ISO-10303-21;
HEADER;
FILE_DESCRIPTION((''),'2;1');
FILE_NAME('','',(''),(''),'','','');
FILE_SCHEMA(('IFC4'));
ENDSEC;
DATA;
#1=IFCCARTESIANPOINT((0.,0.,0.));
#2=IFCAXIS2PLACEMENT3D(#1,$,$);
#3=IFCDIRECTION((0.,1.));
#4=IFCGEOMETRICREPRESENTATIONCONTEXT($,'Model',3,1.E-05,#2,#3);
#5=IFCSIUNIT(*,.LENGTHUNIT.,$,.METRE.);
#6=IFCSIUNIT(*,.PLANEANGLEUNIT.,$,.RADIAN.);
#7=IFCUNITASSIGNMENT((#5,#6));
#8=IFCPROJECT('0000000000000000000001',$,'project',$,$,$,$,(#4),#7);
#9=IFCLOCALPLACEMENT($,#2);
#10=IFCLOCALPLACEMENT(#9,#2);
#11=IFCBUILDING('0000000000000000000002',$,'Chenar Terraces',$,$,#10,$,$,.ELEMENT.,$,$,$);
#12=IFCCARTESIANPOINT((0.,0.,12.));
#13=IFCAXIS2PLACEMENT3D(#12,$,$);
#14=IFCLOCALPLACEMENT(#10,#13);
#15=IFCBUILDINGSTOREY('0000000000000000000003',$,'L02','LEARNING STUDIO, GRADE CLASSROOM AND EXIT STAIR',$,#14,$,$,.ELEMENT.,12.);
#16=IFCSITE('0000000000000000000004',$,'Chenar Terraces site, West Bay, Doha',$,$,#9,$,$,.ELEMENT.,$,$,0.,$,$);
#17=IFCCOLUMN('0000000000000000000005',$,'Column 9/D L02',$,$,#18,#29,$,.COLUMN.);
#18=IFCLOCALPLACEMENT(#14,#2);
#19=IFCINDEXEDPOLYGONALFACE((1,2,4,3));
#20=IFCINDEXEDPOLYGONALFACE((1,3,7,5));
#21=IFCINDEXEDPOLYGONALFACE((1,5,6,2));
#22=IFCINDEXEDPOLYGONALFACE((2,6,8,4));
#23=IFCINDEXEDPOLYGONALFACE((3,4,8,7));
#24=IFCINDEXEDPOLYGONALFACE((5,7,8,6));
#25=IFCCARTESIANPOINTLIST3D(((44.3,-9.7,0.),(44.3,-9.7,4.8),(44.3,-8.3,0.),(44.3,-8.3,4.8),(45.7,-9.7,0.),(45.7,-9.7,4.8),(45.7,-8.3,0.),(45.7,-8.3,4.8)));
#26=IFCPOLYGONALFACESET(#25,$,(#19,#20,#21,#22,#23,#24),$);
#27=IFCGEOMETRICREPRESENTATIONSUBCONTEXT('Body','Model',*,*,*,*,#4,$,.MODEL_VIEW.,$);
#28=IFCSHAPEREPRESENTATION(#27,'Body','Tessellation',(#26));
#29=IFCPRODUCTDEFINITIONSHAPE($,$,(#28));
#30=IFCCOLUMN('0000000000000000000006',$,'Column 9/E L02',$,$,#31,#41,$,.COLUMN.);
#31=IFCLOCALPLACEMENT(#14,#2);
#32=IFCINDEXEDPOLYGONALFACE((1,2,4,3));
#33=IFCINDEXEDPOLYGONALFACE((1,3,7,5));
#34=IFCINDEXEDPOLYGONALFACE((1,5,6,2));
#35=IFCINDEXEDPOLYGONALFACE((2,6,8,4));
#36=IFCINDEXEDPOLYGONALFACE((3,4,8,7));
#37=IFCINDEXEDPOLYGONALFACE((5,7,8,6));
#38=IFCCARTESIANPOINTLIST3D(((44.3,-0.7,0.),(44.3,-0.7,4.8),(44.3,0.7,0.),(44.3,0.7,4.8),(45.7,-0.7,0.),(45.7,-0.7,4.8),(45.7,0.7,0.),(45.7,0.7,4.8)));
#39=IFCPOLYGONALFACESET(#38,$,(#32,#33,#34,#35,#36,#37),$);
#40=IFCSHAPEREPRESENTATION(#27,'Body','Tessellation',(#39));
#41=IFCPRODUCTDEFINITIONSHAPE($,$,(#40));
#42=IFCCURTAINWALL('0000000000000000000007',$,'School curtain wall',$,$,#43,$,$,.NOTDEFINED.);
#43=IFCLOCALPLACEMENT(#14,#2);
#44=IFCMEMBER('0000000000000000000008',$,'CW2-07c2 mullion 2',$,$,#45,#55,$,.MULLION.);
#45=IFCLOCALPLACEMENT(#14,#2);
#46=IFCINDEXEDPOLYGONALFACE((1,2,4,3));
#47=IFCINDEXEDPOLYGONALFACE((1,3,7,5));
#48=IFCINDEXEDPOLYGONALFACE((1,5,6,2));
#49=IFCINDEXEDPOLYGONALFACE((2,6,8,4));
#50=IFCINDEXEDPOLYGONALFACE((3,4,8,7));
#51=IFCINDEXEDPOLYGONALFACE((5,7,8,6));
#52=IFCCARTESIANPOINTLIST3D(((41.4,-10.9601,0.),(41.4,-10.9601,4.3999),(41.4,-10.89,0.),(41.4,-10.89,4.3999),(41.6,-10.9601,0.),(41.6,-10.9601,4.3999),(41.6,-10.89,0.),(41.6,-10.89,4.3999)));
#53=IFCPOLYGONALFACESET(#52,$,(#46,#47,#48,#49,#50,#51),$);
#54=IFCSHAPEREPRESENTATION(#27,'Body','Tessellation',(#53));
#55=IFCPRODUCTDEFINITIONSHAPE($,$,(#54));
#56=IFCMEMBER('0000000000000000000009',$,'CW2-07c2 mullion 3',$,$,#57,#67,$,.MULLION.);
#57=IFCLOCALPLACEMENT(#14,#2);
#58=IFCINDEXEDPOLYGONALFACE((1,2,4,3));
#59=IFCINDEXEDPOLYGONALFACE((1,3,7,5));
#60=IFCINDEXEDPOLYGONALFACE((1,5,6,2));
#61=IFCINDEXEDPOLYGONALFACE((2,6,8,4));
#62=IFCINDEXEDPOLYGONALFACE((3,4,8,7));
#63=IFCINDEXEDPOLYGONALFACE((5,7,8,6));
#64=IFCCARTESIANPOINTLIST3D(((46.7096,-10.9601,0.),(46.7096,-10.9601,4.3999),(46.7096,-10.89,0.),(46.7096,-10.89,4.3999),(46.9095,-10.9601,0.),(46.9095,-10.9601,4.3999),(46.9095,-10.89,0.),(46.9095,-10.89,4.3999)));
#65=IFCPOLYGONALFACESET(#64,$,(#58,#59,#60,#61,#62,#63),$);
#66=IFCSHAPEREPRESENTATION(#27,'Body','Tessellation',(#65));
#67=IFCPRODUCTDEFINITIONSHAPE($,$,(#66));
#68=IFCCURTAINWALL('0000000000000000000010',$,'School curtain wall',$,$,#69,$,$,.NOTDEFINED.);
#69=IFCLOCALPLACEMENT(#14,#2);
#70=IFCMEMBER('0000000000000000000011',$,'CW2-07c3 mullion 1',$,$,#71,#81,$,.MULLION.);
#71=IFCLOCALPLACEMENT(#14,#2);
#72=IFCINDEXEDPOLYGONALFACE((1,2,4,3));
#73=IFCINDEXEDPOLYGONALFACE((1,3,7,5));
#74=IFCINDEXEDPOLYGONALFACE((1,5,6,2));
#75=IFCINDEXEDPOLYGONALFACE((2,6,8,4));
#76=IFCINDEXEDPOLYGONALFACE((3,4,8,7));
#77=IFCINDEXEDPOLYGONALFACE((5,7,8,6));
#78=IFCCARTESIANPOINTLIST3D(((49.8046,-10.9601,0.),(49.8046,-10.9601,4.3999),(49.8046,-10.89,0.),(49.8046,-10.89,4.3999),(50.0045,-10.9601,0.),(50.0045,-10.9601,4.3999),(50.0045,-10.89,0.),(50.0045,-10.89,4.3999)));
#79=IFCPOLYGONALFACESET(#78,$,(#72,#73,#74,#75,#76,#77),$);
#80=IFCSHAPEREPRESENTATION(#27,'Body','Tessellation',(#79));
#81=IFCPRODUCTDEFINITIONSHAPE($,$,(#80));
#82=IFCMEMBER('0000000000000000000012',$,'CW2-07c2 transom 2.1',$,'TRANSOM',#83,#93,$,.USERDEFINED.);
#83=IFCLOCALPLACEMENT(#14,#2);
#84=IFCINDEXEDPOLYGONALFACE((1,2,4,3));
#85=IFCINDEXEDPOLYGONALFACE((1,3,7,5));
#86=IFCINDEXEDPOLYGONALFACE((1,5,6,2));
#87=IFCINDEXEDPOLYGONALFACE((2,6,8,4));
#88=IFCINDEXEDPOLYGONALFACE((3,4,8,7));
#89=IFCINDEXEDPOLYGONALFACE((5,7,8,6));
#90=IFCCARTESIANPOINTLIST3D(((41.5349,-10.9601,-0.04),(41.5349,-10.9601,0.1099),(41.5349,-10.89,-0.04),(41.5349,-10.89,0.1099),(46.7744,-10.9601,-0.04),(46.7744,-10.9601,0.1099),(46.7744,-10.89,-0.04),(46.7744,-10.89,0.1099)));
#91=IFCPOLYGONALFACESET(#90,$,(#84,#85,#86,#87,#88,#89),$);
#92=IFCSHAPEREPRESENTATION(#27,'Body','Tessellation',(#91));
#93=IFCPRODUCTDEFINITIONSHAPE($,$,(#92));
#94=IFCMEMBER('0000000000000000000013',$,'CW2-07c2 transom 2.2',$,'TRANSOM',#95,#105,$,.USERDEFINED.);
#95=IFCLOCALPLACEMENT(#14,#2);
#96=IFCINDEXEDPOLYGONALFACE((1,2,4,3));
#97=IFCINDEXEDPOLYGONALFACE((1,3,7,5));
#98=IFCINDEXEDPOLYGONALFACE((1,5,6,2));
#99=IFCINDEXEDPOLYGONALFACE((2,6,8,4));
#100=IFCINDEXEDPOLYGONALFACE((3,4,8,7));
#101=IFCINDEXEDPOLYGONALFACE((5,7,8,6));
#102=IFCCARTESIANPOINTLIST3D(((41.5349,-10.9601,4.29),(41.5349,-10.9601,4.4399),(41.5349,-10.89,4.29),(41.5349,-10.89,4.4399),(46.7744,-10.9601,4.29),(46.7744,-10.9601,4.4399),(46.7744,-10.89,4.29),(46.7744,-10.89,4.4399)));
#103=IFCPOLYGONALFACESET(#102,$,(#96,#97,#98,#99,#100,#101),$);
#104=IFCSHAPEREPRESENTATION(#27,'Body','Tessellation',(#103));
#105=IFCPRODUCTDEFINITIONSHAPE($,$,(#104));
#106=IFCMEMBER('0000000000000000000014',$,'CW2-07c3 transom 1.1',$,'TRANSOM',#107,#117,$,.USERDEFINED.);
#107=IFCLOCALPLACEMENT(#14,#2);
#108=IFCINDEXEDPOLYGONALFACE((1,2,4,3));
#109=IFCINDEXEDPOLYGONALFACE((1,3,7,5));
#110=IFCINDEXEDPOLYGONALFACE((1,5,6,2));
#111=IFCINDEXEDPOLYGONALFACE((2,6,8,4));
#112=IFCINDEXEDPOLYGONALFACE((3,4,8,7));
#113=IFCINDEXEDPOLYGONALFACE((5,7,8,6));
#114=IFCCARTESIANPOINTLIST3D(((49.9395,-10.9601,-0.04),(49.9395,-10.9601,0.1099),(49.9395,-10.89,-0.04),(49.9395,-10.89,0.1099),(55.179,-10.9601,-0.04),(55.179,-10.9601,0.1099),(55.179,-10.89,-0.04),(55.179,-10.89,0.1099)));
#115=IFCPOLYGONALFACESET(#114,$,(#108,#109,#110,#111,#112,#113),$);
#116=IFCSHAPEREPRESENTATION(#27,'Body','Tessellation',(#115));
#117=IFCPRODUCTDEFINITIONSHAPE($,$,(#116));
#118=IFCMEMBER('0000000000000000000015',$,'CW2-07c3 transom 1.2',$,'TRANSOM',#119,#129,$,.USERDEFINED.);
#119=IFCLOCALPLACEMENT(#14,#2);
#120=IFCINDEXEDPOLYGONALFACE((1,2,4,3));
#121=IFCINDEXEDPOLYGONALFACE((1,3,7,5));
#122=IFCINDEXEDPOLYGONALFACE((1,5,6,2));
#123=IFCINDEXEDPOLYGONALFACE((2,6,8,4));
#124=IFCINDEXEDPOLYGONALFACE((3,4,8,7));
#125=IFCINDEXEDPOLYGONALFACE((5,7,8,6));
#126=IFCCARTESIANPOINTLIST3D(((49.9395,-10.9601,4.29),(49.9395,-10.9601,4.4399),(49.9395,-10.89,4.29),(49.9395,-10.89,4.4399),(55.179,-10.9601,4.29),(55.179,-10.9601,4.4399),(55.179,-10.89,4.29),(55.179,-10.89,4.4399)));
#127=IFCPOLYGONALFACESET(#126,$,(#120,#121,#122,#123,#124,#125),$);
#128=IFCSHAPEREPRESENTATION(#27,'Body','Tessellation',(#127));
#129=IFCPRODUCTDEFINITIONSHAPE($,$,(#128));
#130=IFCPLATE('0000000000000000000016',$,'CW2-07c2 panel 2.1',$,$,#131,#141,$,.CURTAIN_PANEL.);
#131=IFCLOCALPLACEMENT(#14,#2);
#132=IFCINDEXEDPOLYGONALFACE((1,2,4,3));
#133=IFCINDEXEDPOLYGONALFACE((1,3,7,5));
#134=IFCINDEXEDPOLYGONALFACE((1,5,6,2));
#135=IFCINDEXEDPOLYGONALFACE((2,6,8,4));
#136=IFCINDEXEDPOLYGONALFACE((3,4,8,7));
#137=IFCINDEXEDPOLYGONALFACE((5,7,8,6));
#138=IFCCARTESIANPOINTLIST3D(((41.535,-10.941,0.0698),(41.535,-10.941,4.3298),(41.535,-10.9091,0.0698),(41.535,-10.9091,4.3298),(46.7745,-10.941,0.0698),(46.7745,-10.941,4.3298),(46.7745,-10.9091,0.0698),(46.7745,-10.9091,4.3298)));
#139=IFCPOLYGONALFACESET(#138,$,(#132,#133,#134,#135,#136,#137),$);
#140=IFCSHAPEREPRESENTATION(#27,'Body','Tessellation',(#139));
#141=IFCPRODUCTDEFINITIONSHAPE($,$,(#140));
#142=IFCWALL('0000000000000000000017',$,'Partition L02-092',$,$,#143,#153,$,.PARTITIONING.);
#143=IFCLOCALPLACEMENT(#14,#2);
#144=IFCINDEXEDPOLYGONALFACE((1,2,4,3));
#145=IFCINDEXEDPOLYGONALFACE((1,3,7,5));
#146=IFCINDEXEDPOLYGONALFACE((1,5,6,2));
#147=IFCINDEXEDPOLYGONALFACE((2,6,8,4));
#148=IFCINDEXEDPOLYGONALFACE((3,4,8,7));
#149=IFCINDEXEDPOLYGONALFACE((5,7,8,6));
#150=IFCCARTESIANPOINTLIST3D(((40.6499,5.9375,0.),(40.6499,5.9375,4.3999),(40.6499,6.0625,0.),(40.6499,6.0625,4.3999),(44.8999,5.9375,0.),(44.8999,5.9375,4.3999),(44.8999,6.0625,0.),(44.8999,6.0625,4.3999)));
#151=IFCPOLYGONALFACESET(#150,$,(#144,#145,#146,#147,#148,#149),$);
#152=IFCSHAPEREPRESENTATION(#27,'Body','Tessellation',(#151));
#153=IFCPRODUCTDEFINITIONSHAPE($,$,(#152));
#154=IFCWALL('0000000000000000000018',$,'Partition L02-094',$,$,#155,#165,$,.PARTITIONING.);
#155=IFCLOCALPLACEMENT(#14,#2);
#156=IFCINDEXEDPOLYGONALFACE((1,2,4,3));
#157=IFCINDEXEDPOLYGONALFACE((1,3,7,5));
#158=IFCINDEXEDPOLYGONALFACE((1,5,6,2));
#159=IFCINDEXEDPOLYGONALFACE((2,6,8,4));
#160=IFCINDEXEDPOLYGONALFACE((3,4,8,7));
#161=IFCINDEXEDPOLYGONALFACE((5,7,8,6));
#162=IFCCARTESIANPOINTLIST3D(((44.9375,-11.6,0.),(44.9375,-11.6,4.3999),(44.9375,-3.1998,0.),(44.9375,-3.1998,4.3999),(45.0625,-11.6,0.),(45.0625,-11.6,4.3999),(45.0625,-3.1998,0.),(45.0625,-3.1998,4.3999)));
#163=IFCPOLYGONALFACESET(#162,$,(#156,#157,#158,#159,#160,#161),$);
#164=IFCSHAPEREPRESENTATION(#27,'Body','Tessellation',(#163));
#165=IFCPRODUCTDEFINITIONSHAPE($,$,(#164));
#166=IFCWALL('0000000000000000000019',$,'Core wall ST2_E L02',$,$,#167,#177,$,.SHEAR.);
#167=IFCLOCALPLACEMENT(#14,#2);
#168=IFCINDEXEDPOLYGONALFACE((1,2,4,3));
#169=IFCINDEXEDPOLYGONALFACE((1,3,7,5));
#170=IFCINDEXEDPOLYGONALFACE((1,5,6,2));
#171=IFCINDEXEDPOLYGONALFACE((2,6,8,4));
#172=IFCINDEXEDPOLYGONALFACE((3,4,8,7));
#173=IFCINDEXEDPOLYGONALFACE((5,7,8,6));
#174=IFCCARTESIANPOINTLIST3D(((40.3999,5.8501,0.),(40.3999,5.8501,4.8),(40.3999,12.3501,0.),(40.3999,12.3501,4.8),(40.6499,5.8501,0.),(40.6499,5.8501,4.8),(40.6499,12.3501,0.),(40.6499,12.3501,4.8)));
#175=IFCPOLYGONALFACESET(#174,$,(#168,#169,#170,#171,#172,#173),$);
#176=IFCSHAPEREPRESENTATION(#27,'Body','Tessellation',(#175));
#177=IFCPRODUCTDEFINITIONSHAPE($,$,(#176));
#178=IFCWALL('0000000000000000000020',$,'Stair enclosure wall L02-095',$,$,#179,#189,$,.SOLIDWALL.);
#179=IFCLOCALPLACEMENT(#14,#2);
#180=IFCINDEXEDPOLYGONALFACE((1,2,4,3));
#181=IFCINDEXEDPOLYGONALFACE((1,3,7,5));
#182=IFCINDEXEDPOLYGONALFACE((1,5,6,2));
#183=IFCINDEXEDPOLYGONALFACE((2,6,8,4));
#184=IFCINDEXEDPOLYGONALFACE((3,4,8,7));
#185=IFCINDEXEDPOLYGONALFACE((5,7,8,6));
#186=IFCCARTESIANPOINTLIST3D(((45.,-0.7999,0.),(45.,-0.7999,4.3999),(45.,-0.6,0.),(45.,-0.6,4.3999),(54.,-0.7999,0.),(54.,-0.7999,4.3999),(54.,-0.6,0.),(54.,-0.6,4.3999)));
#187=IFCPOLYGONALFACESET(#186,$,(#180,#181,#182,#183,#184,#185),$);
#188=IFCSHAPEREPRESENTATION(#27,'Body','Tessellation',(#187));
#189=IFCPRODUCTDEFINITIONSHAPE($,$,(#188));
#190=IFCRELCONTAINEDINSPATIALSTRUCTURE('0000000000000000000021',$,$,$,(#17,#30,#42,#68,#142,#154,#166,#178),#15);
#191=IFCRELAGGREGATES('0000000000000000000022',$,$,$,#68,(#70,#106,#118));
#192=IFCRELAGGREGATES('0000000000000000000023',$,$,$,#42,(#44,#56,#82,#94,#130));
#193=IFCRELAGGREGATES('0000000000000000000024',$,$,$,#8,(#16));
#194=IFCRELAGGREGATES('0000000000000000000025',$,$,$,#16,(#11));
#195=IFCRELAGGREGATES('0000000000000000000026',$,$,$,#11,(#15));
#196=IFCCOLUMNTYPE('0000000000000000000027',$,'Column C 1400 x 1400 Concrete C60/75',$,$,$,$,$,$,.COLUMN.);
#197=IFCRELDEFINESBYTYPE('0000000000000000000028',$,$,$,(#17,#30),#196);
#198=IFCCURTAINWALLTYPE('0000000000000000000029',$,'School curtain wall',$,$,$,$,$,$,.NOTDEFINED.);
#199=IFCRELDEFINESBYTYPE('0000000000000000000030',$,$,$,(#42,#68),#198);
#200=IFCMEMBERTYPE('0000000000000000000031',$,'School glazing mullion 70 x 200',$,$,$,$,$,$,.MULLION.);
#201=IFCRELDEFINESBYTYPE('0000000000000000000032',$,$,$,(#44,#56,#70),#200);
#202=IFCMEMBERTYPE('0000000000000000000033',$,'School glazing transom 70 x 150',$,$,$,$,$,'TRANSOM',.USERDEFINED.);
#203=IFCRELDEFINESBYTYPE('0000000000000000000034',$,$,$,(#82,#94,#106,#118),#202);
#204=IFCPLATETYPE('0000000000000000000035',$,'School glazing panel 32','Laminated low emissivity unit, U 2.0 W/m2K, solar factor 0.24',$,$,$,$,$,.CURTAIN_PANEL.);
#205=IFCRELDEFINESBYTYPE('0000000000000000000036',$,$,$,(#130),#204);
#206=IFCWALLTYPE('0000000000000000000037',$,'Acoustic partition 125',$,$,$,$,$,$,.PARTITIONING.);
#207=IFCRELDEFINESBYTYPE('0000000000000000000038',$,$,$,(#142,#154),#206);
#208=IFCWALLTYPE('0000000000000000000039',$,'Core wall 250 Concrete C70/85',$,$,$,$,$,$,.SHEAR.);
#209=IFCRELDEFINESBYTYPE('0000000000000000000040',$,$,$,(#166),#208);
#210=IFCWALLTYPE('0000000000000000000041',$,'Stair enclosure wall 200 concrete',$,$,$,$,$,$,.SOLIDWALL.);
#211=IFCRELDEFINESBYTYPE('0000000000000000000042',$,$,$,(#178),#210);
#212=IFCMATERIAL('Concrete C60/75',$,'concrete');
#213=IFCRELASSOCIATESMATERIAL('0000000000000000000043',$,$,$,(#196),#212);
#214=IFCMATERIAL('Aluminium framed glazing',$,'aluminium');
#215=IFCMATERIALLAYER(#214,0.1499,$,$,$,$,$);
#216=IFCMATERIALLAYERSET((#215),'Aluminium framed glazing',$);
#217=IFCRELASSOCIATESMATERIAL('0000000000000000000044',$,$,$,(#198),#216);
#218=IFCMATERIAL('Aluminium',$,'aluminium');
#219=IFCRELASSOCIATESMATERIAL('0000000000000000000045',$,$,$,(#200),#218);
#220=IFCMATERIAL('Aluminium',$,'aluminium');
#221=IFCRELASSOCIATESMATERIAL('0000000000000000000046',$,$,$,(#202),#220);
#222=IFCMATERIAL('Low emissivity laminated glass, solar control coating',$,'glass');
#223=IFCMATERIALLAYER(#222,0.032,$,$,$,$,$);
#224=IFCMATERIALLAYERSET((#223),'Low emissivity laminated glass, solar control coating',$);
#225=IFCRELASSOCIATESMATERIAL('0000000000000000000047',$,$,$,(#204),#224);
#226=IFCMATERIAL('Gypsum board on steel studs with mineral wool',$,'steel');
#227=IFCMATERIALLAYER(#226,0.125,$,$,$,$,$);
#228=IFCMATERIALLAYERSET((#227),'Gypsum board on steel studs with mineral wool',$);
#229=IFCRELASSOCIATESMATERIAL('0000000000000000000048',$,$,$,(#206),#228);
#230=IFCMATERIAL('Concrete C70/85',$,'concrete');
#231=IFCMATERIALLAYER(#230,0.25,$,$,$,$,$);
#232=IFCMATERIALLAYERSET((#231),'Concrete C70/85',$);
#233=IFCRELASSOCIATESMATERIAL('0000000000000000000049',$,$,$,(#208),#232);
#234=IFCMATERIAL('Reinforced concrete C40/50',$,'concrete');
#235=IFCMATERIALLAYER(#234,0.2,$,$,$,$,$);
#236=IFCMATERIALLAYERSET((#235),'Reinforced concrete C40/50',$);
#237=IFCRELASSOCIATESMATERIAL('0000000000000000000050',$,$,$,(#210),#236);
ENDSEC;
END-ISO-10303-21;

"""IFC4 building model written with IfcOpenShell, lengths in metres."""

from ifc_helpers import new_model, si_unit, direction, frame, frame_2d, origin, origin_2d, place, context, subcontext, project, spatial, rectangle, extrude, material, layer, layer_set, material_profile, profile_set, type_object, element, aggregate, save


model = new_model("IFC4")

# Units and contexts
model_context = context("Model", 3, precision=1e-05, world=origin(), true_north=direction((0.0, 1.0)))
body_context = subcontext(model_context, "Body", "Model", "MODEL_VIEW")
ifc_project = project(units=[si_unit("LENGTHUNIT", "METRE"), si_unit("PLANEANGLEUNIT", "RADIAN")], contexts=[model_context])

# Site, building, storey
site_placement = place(None, origin())
site = spatial("IfcSite", under=ifc_project, at=site_placement, Name="Chenar Terraces site, West Bay, Doha", CompositionType="ELEMENT", RefElevation=0.0)
building_placement = place(site_placement, origin())
building = spatial("IfcBuilding", under=site, at=building_placement, Name="Chenar Terraces", CompositionType="ELEMENT")
storey_placement = place(building_placement, frame((0.0, 0.0, 12.0)))
storey = spatial("IfcBuildingStorey", under=building, at=storey_placement, Name="L02", Description="LEARNING STUDIO, GRADE CLASSROOM AND EXIT STAIR", CompositionType="ELEMENT", Elevation=12.0)

# Columns
ifc_material_1 = material(Name="Concrete C60/75", Category="concrete")
ifc_material_profile_1 = material_profile(ifc_material_1, rectangle(XDim=1.3999, YDim=1.3999, at=origin_2d()), Name="C 1400 x 1400")
ifc_profile_set_1 = profile_set([ifc_material_profile_1], Name="Concrete C60/75")
column_type = type_object("IfcColumnType", Name="Column C 1400 x 1400 Concrete C60/75", PredefinedType="COLUMN", material=ifc_profile_set_1)
for number, where, z_axis, x_axis, name in (
    (1, (45.0, -9.0, 0.0), (0.0, 0.0, 1.0), (1.0, 0.0, 0.0), "Column 9/D L02"),
    (2, (45.0, 0.0, 0.0), (0.0, 0.0, 1.0), (1.0, 0.0, 0.0), "Column 9/E L02"),
):
    element("IfcColumn", number, at=place(storey_placement, frame(where, z_axis=z_axis, x_axis=x_axis)), inside=storey, type_object=column_type, Name=name, PredefinedType="COLUMN", context=body_context, shape_type="SweptSolid", body=[
        extrude(rectangle(XDim=1.3999, YDim=1.3999, at=origin_2d()), origin(), (0.0, 0.0, 1.0), 4.8),
    ])

# Curtain wall, members
ifc_material_2 = material(Name="Aluminium framed glazing", Category="aluminium")
ifc_layer_1 = layer(ifc_material_2, 0.1499)
ifc_layer_set_1 = layer_set([ifc_layer_1], Name="Aluminium framed glazing")
curtain_wall_type = type_object("IfcCurtainWallType", Name="School curtain wall", PredefinedType="NOTDEFINED", material=ifc_layer_set_1)
placement = place(storey_placement, origin())
curtain_wall_1 = element("IfcCurtainWall", 3, at=placement, inside=storey, type_object=curtain_wall_type, Name="School curtain wall", PredefinedType="NOTDEFINED")
ifc_material_3 = material(Name="Aluminium", Category="aluminium")
ifc_material_profile_2 = material_profile(ifc_material_3, rectangle(XDim=0.0701, YDim=0.2, at=origin_2d()), Name="School glazing mullion 70 x 200")
ifc_profile_set_2 = profile_set([ifc_material_profile_2], Name="Aluminium")
member_type_1 = type_object("IfcMemberType", Name="School glazing mullion 70 x 200", PredefinedType="MULLION", material=ifc_profile_set_2)
member_1_placement = place(storey_placement, frame((41.5, -10.925, 0.0), z_axis=(0.0, 0.0, 1.0), x_axis=(0.0, 1.0, 0.0)))
member_1 = element("IfcMember", 4, at=member_1_placement, type_object=member_type_1, Name="CW2-07c2 mullion 2", PredefinedType="MULLION", context=body_context, shape_type="SweptSolid", body=[
    extrude(rectangle(XDim=0.0701, YDim=0.2, at=origin_2d()), origin(), (0.0, 0.0, 1.0), 4.3999),
])
member_2_placement = place(storey_placement, frame((46.8096, -10.925, 0.0), z_axis=(0.0, 0.0, 1.0), x_axis=(0.0, 1.0, 0.0)))
member_2 = element("IfcMember", 5, at=member_2_placement, type_object=member_type_1, Name="CW2-07c2 mullion 3", PredefinedType="MULLION", context=body_context, shape_type="SweptSolid", body=[
    extrude(rectangle(XDim=0.0701, YDim=0.2, at=origin_2d()), origin(), (0.0, 0.0, 1.0), 4.3999),
])

# Curtain wall, member
curtain_wall_2 = element("IfcCurtainWall", 6, at=placement, inside=storey, type_object=curtain_wall_type, Name="School curtain wall", PredefinedType="NOTDEFINED")
member_3_placement = place(storey_placement, frame((49.9045, -10.925, 0.0), z_axis=(0.0, 0.0, 1.0), x_axis=(0.0, 1.0, 0.0)))
member_3 = element("IfcMember", 7, at=member_3_placement, type_object=member_type_1, Name="CW2-07c3 mullion 1", PredefinedType="MULLION", context=body_context, shape_type="SweptSolid", body=[
    extrude(rectangle(XDim=0.0701, YDim=0.2, at=origin_2d()), origin(), (0.0, 0.0, 1.0), 4.3999),
])

# Members
ifc_material_4 = material(Name="Aluminium", Category="aluminium")
ifc_material_profile_3 = material_profile(ifc_material_4, rectangle(XDim=0.0701, YDim=0.1499, at=origin_2d()), Name="School glazing transom 70 x 150")
ifc_profile_set_3 = profile_set([ifc_material_profile_3], Name="Aluminium")
member_type_2 = type_object("IfcMemberType", Name="School glazing transom 70 x 150", ElementType="TRANSOM", PredefinedType="USERDEFINED", material=ifc_profile_set_3)
member_4_placement = place(storey_placement, frame((41.5349, -10.925, 0.0349), z_axis=(1.0, 0.0, 0.0), x_axis=(0.0, 1.0, 0.0)))
member_4 = element("IfcMember", 8, at=member_4_placement, type_object=member_type_2, Name="CW2-07c2 transom 2.1", ObjectType="TRANSOM", PredefinedType="USERDEFINED", context=body_context, shape_type="SweptSolid", body=[
    extrude(rectangle(XDim=0.0701, YDim=0.1499, at=origin_2d()), origin(), (0.0, 0.0, 1.0), 5.2395),
])
member_5_placement = place(storey_placement, frame((41.5349, -10.925, 4.365), z_axis=(1.0, 0.0, 0.0), x_axis=(0.0, 1.0, 0.0)))
member_5 = element("IfcMember", 9, at=member_5_placement, type_object=member_type_2, Name="CW2-07c2 transom 2.2", ObjectType="TRANSOM", PredefinedType="USERDEFINED", context=body_context, shape_type="SweptSolid", body=[
    extrude(rectangle(XDim=0.0701, YDim=0.1499, at=origin_2d()), origin(), (0.0, 0.0, 1.0), 5.2395),
])
member_6_placement = place(storey_placement, frame((49.9395, -10.925, 0.0349), z_axis=(1.0, 0.0, 0.0), x_axis=(0.0, 1.0, 0.0)))
member_6 = element("IfcMember", 10, at=member_6_placement, type_object=member_type_2, Name="CW2-07c3 transom 1.1", ObjectType="TRANSOM", PredefinedType="USERDEFINED", context=body_context, shape_type="SweptSolid", body=[
    extrude(rectangle(XDim=0.0701, YDim=0.1499, at=origin_2d()), origin(), (0.0, 0.0, 1.0), 5.2395),
])
member_7_placement = place(storey_placement, frame((49.9395, -10.925, 4.365), z_axis=(1.0, 0.0, 0.0), x_axis=(0.0, 1.0, 0.0)))
member_7 = element("IfcMember", 11, at=member_7_placement, type_object=member_type_2, Name="CW2-07c3 transom 1.2", ObjectType="TRANSOM", PredefinedType="USERDEFINED", context=body_context, shape_type="SweptSolid", body=[
    extrude(rectangle(XDim=0.0701, YDim=0.1499, at=origin_2d()), origin(), (0.0, 0.0, 1.0), 5.2395),
])
aggregate(curtain_wall_2, [member_3, member_6, member_7])

# Plate
ifc_material_5 = material(Name="Low emissivity laminated glass, solar control coating", Category="glass")
ifc_layer_2 = layer(ifc_material_5, 0.032)
ifc_layer_set_2 = layer_set([ifc_layer_2], Name="Low emissivity laminated glass, solar control coating")
plate_type = type_object("IfcPlateType", Name="School glazing panel 32", Description="Laminated low emissivity unit, U 2.0 W/m2K, solar factor 0.24", PredefinedType="CURTAIN_PANEL", material=ifc_layer_set_2)
plate_placement = place(storey_placement, frame((44.1548, -10.925, 0.0698), z_axis=(0.0, 0.0, 1.0), x_axis=(1.0, 0.0, 0.0)))
plate = element("IfcPlate", 12, at=plate_placement, type_object=plate_type, Name="CW2-07c2 panel 2.1", PredefinedType="CURTAIN_PANEL", context=body_context, shape_type="SweptSolid", body=[
    extrude(rectangle(XDim=5.2395, YDim=0.032, at=origin_2d()), origin(), (0.0, 0.0, 1.0), 4.26),
])
aggregate(curtain_wall_1, [member_1, member_2, member_4, member_5, plate])

# Walls
ifc_material_6 = material(Name="Gypsum board on steel studs with mineral wool", Category="steel")
ifc_layer_3 = layer(ifc_material_6, 0.125)
ifc_layer_set_3 = layer_set([ifc_layer_3], Name="Gypsum board on steel studs with mineral wool")
wall_type_1 = type_object("IfcWallType", Name="Acoustic partition 125", PredefinedType="PARTITIONING", material=ifc_layer_set_3)
wall_1_placement = place(storey_placement, frame((40.6499, 6.0, 0.0), z_axis=(0.0, 0.0, 1.0), x_axis=(1.0, 0.0, 0.0)))
element("IfcWall", 13, at=wall_1_placement, inside=storey, type_object=wall_type_1, Name="Partition L02-092", PredefinedType="PARTITIONING", context=body_context, shape_type="SweptSolid", body=[
    extrude(rectangle(XDim=4.25, YDim=0.125, at=frame_2d((2.125, 0.0))), origin(), (0.0, 0.0, 1.0), 4.3999),
])
wall_2_placement = place(storey_placement, frame((45.0, -11.6001, 0.0), z_axis=(0.0, 0.0, 1.0), x_axis=(0.0, 1.0, 0.0)))
element("IfcWall", 14, at=wall_2_placement, inside=storey, type_object=wall_type_1, Name="Partition L02-094", PredefinedType="PARTITIONING", context=body_context, shape_type="SweptSolid", body=[
    extrude(rectangle(XDim=8.4001, YDim=0.125, at=frame_2d((4.2002, 0.0))), origin(), (0.0, 0.0, 1.0), 4.3999),
])
ifc_material_7 = material(Name="Concrete C70/85", Category="concrete")
ifc_layer_4 = layer(ifc_material_7, 0.25)
ifc_layer_set_4 = layer_set([ifc_layer_4], Name="Concrete C70/85")
wall_type_2 = type_object("IfcWallType", Name="Core wall 250 Concrete C70/85", PredefinedType="SHEAR", material=ifc_layer_set_4)
wall_3_placement = place(storey_placement, frame((40.5249, 5.8501, 0.0), z_axis=(0.0, 0.0, 1.0), x_axis=(0.0, 1.0, 0.0)))
element("IfcWall", 15, at=wall_3_placement, inside=storey, type_object=wall_type_2, Name="Core wall ST2_E L02", PredefinedType="SHEAR", context=body_context, shape_type="SweptSolid", body=[
    extrude(rectangle(XDim=6.5, YDim=0.25, at=frame_2d((3.25, 0.0))), origin(), (0.0, 0.0, 1.0), 4.8),
])

# Wall
ifc_material_8 = material(Name="Reinforced concrete C40/50", Category="concrete")
ifc_layer_5 = layer(ifc_material_8, 0.2)
ifc_layer_set_5 = layer_set([ifc_layer_5], Name="Reinforced concrete C40/50")
wall_type_3 = type_object("IfcWallType", Name="Stair enclosure wall 200 concrete", PredefinedType="SOLIDWALL", material=ifc_layer_set_5)
wall_4_placement = place(storey_placement, frame((45.0, -0.7, 0.0), z_axis=(0.0, 0.0, 1.0), x_axis=(1.0, 0.0, 0.0)))
element("IfcWall", 16, at=wall_4_placement, inside=storey, type_object=wall_type_3, Name="Stair enclosure wall L02-095", PredefinedType="SOLIDWALL", context=body_context, shape_type="SweptSolid", body=[
    extrude(rectangle(XDim=9.0, YDim=0.2, at=frame_2d((4.5, 0.0))), origin(), (0.0, 0.0, 1.0), 4.3999),
])

save(model, "model.ifc")
